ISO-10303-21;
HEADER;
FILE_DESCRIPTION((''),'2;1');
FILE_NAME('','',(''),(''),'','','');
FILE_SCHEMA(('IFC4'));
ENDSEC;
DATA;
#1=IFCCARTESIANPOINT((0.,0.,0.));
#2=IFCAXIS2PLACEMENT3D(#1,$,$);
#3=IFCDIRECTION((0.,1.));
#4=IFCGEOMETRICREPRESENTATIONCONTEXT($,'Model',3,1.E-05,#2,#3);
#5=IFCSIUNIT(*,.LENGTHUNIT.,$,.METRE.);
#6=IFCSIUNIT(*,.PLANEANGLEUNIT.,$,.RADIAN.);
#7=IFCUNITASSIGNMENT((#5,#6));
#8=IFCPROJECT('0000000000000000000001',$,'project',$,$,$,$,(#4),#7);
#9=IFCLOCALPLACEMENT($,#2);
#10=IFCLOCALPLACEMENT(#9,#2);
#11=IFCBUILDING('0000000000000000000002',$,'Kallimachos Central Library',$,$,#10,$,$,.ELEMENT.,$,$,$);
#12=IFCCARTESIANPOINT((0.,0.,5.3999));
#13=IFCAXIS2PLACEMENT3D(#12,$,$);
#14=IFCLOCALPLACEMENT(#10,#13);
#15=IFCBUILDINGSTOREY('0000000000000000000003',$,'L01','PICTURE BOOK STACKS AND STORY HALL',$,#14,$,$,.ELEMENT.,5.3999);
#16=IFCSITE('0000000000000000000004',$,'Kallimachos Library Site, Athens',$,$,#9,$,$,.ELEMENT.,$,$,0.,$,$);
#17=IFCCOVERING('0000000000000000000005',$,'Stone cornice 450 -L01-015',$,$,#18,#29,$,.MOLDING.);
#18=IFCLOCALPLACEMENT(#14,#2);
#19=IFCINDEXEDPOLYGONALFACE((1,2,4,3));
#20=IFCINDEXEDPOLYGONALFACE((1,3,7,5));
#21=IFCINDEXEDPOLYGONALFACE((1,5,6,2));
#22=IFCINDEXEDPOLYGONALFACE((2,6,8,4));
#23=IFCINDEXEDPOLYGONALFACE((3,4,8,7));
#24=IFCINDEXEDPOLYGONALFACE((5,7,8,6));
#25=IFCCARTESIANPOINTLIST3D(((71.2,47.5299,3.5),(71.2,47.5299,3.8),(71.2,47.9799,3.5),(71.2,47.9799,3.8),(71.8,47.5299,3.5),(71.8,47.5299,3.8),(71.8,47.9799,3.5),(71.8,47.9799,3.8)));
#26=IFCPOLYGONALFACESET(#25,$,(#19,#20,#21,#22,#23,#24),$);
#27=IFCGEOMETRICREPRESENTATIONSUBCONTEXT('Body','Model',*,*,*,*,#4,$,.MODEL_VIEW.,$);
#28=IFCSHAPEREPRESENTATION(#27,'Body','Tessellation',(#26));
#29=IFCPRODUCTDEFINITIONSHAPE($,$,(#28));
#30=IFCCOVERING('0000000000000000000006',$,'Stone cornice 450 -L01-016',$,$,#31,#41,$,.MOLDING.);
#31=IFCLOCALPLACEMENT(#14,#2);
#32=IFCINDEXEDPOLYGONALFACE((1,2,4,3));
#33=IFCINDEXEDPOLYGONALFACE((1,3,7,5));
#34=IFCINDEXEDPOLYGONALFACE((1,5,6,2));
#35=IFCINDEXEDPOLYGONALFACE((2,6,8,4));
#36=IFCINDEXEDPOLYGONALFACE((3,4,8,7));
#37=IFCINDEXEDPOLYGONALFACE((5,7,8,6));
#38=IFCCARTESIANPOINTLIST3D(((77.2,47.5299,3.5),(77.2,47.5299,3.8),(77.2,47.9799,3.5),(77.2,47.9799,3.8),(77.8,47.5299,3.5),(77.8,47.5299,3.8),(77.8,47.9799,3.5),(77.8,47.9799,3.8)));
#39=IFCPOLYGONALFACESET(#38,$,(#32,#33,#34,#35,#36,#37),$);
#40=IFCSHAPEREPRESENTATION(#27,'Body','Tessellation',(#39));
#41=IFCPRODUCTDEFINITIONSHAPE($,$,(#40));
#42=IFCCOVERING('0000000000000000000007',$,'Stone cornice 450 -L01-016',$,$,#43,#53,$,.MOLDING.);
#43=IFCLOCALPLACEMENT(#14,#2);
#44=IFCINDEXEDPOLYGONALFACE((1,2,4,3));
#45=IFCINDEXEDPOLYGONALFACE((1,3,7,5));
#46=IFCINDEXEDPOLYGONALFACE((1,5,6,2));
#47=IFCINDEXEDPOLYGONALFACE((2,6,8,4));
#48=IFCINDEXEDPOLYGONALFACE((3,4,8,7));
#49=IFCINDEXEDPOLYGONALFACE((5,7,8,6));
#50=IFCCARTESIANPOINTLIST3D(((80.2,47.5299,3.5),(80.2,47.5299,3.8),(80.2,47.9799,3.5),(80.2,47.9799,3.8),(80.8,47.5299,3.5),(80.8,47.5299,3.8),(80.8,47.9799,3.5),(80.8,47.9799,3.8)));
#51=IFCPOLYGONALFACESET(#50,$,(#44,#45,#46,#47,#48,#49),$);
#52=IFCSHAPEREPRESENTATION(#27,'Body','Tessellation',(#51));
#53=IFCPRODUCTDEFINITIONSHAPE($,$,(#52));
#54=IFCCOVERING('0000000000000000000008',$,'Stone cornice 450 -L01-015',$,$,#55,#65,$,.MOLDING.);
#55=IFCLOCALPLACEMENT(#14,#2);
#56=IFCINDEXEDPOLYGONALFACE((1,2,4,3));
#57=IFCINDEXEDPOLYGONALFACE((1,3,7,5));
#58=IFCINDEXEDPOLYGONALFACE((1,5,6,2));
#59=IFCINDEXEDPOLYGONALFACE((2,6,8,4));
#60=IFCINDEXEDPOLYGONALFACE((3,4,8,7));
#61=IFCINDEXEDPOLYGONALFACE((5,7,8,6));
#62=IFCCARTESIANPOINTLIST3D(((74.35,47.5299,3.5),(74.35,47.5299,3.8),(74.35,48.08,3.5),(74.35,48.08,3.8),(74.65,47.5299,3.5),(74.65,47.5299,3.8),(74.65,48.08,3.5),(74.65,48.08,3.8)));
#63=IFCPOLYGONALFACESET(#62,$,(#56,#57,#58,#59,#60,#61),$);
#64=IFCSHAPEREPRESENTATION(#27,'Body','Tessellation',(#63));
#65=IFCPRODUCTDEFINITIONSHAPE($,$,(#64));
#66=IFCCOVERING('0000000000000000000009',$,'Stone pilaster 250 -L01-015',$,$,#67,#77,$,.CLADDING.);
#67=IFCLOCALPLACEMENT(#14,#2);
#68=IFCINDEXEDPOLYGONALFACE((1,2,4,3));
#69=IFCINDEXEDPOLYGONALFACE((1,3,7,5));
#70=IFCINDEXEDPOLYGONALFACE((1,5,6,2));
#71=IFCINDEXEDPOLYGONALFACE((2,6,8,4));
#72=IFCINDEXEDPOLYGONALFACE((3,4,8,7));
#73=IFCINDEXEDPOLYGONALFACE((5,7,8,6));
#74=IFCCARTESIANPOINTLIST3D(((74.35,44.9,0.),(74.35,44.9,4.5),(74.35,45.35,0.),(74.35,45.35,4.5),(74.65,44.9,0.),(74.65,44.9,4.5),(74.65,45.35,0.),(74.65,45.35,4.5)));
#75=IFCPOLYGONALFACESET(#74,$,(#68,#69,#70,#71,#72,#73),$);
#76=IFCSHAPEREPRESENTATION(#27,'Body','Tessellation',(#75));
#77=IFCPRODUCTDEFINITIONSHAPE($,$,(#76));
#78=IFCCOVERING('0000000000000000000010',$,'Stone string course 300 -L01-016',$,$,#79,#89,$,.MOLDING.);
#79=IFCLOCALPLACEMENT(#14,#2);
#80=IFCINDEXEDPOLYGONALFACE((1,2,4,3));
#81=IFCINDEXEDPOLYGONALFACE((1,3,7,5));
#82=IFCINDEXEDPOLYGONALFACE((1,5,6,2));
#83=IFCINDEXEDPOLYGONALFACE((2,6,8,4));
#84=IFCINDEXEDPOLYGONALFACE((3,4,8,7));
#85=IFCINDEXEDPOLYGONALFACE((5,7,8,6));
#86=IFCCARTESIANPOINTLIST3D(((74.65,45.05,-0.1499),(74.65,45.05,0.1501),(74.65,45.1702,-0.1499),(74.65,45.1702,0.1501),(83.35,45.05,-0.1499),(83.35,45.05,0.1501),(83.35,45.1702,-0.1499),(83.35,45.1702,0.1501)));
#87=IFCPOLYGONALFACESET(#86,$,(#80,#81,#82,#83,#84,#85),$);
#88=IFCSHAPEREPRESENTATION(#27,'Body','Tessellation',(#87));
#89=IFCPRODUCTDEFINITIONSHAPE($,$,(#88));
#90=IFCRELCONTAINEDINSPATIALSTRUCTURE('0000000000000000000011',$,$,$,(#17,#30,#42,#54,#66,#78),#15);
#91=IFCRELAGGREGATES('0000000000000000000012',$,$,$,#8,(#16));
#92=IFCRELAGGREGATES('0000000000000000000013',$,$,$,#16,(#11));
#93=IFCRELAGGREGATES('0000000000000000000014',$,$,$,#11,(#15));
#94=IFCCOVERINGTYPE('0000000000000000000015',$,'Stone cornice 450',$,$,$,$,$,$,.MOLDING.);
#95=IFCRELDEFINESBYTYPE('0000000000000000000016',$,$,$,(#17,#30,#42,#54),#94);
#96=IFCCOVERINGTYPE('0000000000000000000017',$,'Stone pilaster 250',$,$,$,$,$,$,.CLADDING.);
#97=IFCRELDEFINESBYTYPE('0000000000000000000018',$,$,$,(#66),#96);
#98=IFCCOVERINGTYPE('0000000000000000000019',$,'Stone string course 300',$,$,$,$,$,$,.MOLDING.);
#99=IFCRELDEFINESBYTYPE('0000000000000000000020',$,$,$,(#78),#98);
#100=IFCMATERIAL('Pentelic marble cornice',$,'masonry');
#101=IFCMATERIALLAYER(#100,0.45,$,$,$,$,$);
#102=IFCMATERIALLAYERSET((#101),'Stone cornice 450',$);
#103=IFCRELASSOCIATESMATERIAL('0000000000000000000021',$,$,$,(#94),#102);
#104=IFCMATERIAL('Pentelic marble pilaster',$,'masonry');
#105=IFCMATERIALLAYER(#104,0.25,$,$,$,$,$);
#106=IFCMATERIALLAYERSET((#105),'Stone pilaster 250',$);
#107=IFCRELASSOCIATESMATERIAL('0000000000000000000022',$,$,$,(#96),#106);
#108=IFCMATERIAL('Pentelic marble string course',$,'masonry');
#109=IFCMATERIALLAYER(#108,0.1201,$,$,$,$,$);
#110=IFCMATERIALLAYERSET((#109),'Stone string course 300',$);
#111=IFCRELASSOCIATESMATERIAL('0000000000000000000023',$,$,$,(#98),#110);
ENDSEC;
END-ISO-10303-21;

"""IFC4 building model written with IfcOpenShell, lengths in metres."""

from ifc_helpers import new_model, si_unit, direction, frame, origin, origin_2d, place, context, subcontext, project, spatial, rectangle, extrude, material, layer, layer_set, type_object, element, save


model = new_model("IFC4")

# Units and contexts
model_context = context("Model", 3, precision=1e-05, world=origin(), true_north=direction((0.0, 1.0)))
body_context = subcontext(model_context, "Body", "Model", "MODEL_VIEW")
ifc_project = project(units=[si_unit("LENGTHUNIT", "METRE"), si_unit("PLANEANGLEUNIT", "RADIAN")], contexts=[model_context])

# Site, building, storey
site_placement = place(None, origin())
site = spatial("IfcSite", under=ifc_project, at=site_placement, Name="Kallimachos Library Site, Athens", CompositionType="ELEMENT", RefElevation=0.0)
building_placement = place(site_placement, origin())
building = spatial("IfcBuilding", under=site, at=building_placement, Name="Kallimachos Central Library", CompositionType="ELEMENT")
storey_placement = place(building_placement, frame((0.0, 0.0, 5.3999)))
storey = spatial("IfcBuildingStorey", under=building, at=storey_placement, Name="L01", Description="PICTURE BOOK STACKS AND STORY HALL", CompositionType="ELEMENT", Elevation=5.3999)

# Coverings
ifc_material_1 = material(Name="Pentelic marble cornice", Category="masonry")
ifc_layer_1 = layer(ifc_material_1, 0.45)
ifc_layer_set_1 = layer_set([ifc_layer_1], Name="Stone cornice 450")
covering_type_1 = type_object("IfcCoveringType", Name="Stone cornice 450", PredefinedType="MOLDING", material=ifc_layer_set_1)
for number, where, z_axis, x_axis, name in (
    (1, (71.5, 47.7549, 3.5), (0.0, 0.0, 1.0), (1.0, 0.0, 0.0), "Stone cornice 450 -L01-015"),
    (2, (77.5, 47.7549, 3.5), (0.0, 0.0, 1.0), (1.0, 0.0, 0.0), "Stone cornice 450 -L01-016"),
    (3, (80.5, 47.7549, 3.5), (0.0, 0.0, 1.0), (1.0, 0.0, 0.0), "Stone cornice 450 -L01-016"),
):
    element("IfcCovering", number, at=place(storey_placement, frame(where, z_axis=z_axis, x_axis=x_axis)), inside=storey, type_object=covering_type_1, Name=name, PredefinedType="MOLDING", context=body_context, shape_type="SweptSolid", body=[
        extrude(rectangle(XDim=0.6001, YDim=0.45, at=origin_2d()), origin(), (0.0, 0.0, 1.0), 0.3),
    ])
covering_1_placement = place(storey_placement, frame((74.5, 47.8049, 3.5), z_axis=(0.0, 0.0, 1.0), x_axis=(1.0, 0.0, 0.0)))
element("IfcCovering", 4, at=covering_1_placement, inside=storey, type_object=covering_type_1, Name="Stone cornice 450 -L01-015", PredefinedType="MOLDING", context=body_context, shape_type="SweptSolid", body=[
    extrude(rectangle(XDim=0.3, YDim=0.55, at=origin_2d()), origin(), (0.0, 0.0, 1.0), 0.3),
])
ifc_material_2 = material(Name="Pentelic marble pilaster", Category="masonry")
ifc_layer_2 = layer(ifc_material_2, 0.25)
ifc_layer_set_2 = layer_set([ifc_layer_2], Name="Stone pilaster 250")
covering_type_2 = type_object("IfcCoveringType", Name="Stone pilaster 250", PredefinedType="CLADDING", material=ifc_layer_set_2)
covering_2_placement = place(storey_placement, frame((74.5, 45.125, 0.0), z_axis=(0.0, 0.0, 1.0), x_axis=(1.0, 0.0, 0.0)))
element("IfcCovering", 5, at=covering_2_placement, inside=storey, type_object=covering_type_2, Name="Stone pilaster 250 -L01-015", PredefinedType="CLADDING", context=body_context, shape_type="SweptSolid", body=[
    extrude(rectangle(XDim=0.3, YDim=0.45, at=origin_2d()), origin(), (0.0, 0.0, 1.0), 4.5),
])
ifc_material_3 = material(Name="Pentelic marble string course", Category="masonry")
ifc_layer_3 = layer(ifc_material_3, 0.1201)
ifc_layer_set_3 = layer_set([ifc_layer_3], Name="Stone string course 300")
covering_type_3 = type_object("IfcCoveringType", Name="Stone string course 300", PredefinedType="MOLDING", material=ifc_layer_set_3)
covering_3_placement = place(storey_placement, frame((79.0, 45.1101, -0.1499), z_axis=(0.0, 0.0, 1.0), x_axis=(1.0, 0.0, 0.0)))
element("IfcCovering", 6, at=covering_3_placement, inside=storey, type_object=covering_type_3, Name="Stone string course 300 -L01-016", PredefinedType="MOLDING", context=body_context, shape_type="SweptSolid", body=[
    extrude(rectangle(XDim=8.7, YDim=0.1201, at=origin_2d()), origin(), (0.0, 0.0, 1.0), 0.3),
])

save(model, "model.ifc")
